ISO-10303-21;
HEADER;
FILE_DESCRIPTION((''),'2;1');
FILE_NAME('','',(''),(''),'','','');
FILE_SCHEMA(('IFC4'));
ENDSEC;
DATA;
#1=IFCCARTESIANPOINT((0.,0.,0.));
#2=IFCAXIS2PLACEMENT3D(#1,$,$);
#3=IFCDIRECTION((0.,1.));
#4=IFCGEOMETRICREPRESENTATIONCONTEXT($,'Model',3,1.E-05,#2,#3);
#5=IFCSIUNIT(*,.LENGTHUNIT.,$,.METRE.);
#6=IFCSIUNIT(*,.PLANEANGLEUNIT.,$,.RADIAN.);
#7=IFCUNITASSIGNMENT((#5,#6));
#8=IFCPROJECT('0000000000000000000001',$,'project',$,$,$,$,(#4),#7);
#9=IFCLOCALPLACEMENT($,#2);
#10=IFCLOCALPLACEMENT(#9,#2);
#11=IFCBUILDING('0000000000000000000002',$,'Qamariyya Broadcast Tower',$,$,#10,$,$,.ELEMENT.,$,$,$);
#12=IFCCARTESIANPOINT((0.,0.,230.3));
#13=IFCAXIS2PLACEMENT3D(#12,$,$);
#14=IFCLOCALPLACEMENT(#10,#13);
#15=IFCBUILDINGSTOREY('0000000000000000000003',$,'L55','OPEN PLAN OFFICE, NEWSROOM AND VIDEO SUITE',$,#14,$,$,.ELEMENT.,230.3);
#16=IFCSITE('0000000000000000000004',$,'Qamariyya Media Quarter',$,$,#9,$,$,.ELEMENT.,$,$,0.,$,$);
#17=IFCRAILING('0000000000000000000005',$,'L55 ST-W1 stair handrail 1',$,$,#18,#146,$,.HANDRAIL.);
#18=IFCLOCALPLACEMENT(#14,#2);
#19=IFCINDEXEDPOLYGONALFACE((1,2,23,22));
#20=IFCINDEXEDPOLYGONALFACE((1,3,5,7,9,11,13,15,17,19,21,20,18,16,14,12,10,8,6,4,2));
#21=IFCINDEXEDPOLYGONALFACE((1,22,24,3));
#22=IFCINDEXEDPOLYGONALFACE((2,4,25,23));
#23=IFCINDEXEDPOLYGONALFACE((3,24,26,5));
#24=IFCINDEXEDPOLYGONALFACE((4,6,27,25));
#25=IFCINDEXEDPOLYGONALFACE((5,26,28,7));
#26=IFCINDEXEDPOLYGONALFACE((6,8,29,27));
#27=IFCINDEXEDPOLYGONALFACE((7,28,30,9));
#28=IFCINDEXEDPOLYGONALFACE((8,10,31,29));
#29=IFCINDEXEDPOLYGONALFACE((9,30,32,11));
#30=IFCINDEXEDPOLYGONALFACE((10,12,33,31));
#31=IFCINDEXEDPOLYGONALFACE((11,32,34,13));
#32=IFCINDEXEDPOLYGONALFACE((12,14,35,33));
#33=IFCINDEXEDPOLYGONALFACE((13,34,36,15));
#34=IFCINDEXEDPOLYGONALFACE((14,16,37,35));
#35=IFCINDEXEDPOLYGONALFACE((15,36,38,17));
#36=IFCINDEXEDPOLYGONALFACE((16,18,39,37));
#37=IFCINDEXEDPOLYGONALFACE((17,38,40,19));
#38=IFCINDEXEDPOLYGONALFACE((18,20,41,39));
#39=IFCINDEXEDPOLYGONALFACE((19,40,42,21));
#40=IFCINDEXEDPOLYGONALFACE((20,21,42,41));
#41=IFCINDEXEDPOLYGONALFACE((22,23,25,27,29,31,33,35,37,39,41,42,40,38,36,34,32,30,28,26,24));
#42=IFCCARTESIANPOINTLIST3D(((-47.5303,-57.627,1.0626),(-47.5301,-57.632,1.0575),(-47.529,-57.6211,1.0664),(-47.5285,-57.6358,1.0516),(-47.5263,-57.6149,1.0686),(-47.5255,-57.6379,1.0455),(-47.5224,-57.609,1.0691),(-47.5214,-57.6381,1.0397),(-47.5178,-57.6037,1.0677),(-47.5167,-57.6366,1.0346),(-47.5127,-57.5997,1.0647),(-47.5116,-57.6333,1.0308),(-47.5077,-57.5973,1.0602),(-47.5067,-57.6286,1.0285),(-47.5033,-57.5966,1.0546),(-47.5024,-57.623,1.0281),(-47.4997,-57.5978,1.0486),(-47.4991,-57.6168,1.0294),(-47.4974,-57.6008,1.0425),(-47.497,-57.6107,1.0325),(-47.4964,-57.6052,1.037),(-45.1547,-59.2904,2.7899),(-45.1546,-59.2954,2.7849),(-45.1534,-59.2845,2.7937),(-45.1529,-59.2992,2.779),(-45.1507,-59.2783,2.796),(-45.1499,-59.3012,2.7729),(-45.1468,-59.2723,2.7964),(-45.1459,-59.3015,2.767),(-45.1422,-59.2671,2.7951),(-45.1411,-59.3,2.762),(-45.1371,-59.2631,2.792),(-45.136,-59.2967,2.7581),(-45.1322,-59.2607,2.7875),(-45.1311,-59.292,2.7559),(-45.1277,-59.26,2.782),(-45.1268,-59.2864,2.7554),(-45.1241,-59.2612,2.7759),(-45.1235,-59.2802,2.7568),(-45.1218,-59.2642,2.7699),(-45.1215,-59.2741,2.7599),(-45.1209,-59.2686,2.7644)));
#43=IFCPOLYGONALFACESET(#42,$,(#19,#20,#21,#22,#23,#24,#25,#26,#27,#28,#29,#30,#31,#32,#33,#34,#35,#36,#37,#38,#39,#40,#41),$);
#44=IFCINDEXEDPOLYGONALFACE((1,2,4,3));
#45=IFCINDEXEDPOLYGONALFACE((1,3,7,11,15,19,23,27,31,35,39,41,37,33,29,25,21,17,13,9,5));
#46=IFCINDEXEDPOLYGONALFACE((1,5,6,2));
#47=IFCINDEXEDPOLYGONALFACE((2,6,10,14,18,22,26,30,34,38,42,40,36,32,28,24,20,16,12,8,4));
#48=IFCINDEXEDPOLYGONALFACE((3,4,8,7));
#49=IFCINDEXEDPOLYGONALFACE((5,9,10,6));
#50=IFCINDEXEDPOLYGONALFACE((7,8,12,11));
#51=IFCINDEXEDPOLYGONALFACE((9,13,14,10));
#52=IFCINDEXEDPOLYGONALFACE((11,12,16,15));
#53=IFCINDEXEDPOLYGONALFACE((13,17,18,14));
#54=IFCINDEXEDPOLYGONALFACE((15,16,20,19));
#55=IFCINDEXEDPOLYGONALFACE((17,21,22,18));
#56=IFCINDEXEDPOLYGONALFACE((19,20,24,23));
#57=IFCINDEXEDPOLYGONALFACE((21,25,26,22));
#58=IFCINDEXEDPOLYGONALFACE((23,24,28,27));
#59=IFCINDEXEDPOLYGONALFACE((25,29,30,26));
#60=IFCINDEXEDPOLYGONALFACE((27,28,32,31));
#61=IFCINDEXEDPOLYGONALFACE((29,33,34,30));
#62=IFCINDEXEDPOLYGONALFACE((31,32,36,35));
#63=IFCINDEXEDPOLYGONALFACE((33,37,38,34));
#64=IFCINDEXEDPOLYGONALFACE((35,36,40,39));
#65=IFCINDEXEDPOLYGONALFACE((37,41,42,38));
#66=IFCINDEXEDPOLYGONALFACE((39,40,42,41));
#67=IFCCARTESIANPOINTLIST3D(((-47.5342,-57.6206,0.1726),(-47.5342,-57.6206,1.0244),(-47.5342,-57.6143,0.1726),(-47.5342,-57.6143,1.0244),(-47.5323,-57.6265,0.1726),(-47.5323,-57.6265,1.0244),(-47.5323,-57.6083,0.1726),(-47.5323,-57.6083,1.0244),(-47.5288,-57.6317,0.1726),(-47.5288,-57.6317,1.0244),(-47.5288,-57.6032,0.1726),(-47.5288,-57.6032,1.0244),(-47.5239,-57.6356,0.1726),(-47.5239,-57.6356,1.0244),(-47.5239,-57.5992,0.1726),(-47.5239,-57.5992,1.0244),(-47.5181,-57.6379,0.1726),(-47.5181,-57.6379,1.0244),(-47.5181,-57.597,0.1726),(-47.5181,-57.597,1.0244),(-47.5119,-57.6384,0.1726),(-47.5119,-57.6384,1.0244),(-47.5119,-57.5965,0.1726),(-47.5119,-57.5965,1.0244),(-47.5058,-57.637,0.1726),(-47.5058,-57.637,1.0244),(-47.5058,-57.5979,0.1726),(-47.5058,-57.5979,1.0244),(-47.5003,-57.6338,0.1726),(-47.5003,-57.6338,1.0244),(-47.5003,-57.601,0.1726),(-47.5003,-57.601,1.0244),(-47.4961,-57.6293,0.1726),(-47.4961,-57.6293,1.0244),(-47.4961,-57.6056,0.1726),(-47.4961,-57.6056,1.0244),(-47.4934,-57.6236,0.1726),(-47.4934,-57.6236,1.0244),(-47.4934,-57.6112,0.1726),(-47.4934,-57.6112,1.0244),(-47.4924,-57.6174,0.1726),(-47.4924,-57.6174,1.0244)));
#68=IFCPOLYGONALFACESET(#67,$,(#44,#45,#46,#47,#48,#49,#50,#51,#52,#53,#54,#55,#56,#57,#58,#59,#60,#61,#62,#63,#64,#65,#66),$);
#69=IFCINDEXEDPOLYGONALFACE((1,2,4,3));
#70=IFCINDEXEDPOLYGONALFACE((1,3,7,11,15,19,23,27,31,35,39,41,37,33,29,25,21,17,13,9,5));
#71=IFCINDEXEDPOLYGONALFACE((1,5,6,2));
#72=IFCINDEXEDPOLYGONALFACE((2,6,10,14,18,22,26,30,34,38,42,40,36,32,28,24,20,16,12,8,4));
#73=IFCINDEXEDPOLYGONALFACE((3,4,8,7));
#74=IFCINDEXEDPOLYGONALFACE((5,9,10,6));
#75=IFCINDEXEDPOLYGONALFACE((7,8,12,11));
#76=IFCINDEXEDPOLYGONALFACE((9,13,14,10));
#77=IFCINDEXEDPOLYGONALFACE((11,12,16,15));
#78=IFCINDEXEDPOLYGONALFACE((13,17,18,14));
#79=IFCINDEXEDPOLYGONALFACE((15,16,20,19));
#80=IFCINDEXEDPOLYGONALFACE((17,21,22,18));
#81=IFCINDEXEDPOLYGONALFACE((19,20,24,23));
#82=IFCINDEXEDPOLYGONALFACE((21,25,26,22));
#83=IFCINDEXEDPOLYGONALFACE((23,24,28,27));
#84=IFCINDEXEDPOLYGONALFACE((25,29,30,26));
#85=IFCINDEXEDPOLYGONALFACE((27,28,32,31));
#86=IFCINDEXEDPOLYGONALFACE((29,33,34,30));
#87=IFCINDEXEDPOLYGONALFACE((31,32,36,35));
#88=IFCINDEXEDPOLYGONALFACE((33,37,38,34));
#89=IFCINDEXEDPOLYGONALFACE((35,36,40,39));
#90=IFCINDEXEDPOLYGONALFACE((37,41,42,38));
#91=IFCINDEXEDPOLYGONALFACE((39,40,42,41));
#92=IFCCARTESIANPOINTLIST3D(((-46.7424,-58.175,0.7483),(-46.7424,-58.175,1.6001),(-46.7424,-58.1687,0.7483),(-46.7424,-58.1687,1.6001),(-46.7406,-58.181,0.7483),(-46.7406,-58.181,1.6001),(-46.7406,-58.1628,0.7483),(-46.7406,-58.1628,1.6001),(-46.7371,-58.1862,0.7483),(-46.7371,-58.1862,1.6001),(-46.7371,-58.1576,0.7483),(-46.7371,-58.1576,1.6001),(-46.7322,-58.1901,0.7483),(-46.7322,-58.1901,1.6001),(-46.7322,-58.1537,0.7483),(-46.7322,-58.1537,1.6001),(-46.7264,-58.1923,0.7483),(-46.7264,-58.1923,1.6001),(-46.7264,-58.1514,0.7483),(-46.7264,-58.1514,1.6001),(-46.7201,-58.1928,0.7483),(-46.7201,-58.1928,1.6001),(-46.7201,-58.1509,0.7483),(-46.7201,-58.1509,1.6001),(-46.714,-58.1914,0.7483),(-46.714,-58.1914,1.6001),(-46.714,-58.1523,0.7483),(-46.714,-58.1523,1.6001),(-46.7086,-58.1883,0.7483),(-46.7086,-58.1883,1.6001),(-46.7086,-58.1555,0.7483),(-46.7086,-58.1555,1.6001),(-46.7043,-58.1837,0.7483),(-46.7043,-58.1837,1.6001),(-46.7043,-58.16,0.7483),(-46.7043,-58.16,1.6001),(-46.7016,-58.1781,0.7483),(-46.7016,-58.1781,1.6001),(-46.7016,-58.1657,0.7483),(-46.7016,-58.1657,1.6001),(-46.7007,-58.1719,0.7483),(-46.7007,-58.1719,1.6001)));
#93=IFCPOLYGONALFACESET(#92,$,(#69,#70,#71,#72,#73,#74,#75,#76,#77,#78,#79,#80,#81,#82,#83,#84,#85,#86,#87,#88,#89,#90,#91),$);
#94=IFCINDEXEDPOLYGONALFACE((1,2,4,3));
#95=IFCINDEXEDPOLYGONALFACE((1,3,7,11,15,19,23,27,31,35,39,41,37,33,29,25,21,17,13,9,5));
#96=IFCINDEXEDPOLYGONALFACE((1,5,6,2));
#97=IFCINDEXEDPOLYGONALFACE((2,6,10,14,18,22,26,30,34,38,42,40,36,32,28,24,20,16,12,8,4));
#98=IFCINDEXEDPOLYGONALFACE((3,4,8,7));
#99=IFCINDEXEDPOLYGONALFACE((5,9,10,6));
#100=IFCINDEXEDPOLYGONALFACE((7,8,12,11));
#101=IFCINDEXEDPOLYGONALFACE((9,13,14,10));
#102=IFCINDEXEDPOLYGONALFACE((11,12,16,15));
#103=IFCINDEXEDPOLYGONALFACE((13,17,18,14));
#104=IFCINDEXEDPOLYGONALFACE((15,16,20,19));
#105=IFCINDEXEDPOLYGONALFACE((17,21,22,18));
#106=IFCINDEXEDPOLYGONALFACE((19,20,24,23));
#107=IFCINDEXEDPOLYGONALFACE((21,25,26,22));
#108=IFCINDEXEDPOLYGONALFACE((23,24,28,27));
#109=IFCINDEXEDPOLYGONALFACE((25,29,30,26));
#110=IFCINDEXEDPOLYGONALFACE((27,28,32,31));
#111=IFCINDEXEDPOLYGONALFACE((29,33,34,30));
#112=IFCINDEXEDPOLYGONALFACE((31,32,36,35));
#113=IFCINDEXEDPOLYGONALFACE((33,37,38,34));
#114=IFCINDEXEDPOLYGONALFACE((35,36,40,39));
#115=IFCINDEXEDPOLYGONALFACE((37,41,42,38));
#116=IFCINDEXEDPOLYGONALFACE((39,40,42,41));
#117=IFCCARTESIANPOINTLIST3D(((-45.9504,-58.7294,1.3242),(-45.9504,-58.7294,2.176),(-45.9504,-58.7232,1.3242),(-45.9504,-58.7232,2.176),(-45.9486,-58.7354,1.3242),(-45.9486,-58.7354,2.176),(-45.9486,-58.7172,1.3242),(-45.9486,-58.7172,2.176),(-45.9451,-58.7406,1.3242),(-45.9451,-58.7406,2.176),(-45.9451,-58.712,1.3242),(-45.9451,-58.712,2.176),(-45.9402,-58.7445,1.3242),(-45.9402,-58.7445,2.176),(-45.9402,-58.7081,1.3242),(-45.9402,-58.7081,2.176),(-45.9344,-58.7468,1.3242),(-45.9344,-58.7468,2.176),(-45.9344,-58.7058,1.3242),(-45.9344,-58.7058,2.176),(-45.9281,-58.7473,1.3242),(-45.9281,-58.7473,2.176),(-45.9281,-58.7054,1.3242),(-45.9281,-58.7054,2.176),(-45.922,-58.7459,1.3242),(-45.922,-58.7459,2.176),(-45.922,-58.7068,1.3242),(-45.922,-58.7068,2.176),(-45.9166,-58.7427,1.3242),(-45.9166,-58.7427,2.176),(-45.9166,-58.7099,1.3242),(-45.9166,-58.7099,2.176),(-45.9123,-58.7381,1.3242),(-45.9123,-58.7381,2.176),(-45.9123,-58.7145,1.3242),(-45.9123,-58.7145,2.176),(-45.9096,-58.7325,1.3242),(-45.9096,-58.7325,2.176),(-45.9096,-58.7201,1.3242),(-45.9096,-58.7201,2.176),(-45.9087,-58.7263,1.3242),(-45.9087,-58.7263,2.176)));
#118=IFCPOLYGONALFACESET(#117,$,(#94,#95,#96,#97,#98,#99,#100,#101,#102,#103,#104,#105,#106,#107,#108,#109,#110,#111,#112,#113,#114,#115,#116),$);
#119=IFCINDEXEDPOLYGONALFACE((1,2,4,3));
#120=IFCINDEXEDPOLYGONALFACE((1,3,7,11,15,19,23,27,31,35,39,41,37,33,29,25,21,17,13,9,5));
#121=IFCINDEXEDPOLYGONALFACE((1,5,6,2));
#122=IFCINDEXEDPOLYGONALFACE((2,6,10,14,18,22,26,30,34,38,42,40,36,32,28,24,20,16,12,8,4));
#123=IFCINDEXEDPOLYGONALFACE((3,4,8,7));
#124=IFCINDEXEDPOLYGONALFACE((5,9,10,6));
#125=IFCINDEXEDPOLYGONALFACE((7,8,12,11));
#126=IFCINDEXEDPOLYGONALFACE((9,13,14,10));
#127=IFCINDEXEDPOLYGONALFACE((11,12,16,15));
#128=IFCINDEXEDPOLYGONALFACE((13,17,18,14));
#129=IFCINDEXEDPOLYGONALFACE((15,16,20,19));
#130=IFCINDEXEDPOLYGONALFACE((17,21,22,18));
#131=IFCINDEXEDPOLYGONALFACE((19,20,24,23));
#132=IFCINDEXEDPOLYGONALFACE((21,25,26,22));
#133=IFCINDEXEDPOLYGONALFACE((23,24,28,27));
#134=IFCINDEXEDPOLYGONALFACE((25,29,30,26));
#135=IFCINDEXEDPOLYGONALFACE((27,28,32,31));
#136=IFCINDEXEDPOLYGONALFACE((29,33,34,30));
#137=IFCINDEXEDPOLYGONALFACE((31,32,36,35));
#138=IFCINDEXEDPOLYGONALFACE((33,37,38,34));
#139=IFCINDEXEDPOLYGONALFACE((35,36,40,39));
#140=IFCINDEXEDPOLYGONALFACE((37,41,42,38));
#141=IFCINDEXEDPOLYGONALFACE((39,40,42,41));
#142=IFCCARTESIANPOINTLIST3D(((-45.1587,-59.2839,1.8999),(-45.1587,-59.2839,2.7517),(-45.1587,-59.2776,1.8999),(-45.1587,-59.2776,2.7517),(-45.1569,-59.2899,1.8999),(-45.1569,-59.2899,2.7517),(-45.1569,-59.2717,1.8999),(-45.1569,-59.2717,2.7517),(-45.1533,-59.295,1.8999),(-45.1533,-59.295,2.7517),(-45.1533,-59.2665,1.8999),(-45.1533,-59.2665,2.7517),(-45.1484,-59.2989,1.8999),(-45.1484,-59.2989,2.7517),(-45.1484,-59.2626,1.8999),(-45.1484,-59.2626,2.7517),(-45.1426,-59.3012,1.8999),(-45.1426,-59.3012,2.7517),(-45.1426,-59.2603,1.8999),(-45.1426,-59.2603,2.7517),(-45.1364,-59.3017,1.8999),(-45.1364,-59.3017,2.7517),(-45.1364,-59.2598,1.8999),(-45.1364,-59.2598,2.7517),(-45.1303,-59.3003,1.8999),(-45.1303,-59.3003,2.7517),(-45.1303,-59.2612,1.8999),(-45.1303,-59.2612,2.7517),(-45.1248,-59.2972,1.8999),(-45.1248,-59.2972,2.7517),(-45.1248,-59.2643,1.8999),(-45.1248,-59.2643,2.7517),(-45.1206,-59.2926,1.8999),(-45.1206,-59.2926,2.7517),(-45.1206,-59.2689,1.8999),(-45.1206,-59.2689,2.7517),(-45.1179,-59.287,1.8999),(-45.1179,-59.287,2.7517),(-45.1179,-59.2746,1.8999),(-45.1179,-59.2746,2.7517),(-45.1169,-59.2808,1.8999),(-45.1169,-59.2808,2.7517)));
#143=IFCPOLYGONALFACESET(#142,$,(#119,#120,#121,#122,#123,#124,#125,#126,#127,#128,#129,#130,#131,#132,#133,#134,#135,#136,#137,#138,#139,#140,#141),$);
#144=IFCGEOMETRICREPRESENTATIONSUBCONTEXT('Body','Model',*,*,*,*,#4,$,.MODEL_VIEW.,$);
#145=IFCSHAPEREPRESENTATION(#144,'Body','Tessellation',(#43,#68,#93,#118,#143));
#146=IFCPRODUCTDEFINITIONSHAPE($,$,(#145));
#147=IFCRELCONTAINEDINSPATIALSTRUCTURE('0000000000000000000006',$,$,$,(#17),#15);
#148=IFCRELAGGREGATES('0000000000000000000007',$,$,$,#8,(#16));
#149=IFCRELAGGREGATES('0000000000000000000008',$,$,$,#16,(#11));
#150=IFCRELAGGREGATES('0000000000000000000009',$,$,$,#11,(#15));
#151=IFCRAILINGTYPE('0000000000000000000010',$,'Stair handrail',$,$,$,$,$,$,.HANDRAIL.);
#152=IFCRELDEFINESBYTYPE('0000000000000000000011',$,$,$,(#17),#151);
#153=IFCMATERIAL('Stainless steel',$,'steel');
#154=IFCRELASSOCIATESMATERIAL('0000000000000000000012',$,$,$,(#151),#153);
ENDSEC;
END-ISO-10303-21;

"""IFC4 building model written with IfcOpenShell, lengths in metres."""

from ifc_helpers import new_model, si_unit, direction, frame, origin, origin_2d, place, context, subcontext, project, spatial, circle, extrude, material, type_object, element, save


model = new_model("IFC4")

# Units and contexts
model_context = context("Model", 3, precision=1e-05, world=origin(), true_north=direction((0.0, 1.0)))
body_context = subcontext(model_context, "Body", "Model", "MODEL_VIEW")
ifc_project = project(units=[si_unit("LENGTHUNIT", "METRE"), si_unit("PLANEANGLEUNIT", "RADIAN")], contexts=[model_context])

# Site, building, storey
site_placement = place(None, origin())
site = spatial("IfcSite", under=ifc_project, at=site_placement, Name="Qamariyya Media Quarter", CompositionType="ELEMENT", RefElevation=0.0)
building_placement = place(site_placement, origin())
building = spatial("IfcBuilding", under=site, at=building_placement, Name="Qamariyya Broadcast Tower", CompositionType="ELEMENT")
storey_placement = place(building_placement, frame((0.0, 0.0, 230.3)))
storey = spatial("IfcBuildingStorey", under=building, at=storey_placement, Name="L55", Description="OPEN PLAN OFFICE, NEWSROOM AND VIDEO SUITE", CompositionType="ELEMENT", Elevation=230.3)

# Railing
ifc_material_1 = material(Name="Stainless steel", Category="steel")
railing_type_1 = type_object("IfcRailingType", Name="Stair handrail", PredefinedType="HANDRAIL", material=ifc_material_1)
railing_1_placement = place(storey_placement, frame((-47.5134, -57.6174, 0.1726)))
element("IfcRailing", 1, at=railing_1_placement, inside=storey, type_object=railing_type_1, Name="L55 ST-W1 stair handrail 1", PredefinedType="HANDRAIL", context=body_context, shape_type="SweptSolid", body=[
    extrude(circle(Radius=0.0239, at=origin_2d()), frame((0.0, 0.0, 0.876), z_axis=(0.70377, -0.492784, 0.511734), x_axis=(0.573575, 0.819153, 0.0)), (0.0, 0.0, 1.0), 3.3755),
    extrude(circle(Radius=0.021, at=origin_2d()), origin(), (0.0, 0.0, 1.0), 0.8518),
    extrude(circle(Radius=0.021, at=origin_2d()), frame((0.7917, -0.5544, 0.5757)), (0.0, 0.0, 1.0), 0.8518),
    extrude(circle(Radius=0.021, at=origin_2d()), frame((1.5837, -1.1089, 1.1516)), (0.0, 0.0, 1.0), 0.8518),
    extrude(circle(Radius=0.021, at=origin_2d()), frame((2.3755, -1.6633, 1.7273)), (0.0, 0.0, 1.0), 0.8518),
])

save(model, "model.ifc")
